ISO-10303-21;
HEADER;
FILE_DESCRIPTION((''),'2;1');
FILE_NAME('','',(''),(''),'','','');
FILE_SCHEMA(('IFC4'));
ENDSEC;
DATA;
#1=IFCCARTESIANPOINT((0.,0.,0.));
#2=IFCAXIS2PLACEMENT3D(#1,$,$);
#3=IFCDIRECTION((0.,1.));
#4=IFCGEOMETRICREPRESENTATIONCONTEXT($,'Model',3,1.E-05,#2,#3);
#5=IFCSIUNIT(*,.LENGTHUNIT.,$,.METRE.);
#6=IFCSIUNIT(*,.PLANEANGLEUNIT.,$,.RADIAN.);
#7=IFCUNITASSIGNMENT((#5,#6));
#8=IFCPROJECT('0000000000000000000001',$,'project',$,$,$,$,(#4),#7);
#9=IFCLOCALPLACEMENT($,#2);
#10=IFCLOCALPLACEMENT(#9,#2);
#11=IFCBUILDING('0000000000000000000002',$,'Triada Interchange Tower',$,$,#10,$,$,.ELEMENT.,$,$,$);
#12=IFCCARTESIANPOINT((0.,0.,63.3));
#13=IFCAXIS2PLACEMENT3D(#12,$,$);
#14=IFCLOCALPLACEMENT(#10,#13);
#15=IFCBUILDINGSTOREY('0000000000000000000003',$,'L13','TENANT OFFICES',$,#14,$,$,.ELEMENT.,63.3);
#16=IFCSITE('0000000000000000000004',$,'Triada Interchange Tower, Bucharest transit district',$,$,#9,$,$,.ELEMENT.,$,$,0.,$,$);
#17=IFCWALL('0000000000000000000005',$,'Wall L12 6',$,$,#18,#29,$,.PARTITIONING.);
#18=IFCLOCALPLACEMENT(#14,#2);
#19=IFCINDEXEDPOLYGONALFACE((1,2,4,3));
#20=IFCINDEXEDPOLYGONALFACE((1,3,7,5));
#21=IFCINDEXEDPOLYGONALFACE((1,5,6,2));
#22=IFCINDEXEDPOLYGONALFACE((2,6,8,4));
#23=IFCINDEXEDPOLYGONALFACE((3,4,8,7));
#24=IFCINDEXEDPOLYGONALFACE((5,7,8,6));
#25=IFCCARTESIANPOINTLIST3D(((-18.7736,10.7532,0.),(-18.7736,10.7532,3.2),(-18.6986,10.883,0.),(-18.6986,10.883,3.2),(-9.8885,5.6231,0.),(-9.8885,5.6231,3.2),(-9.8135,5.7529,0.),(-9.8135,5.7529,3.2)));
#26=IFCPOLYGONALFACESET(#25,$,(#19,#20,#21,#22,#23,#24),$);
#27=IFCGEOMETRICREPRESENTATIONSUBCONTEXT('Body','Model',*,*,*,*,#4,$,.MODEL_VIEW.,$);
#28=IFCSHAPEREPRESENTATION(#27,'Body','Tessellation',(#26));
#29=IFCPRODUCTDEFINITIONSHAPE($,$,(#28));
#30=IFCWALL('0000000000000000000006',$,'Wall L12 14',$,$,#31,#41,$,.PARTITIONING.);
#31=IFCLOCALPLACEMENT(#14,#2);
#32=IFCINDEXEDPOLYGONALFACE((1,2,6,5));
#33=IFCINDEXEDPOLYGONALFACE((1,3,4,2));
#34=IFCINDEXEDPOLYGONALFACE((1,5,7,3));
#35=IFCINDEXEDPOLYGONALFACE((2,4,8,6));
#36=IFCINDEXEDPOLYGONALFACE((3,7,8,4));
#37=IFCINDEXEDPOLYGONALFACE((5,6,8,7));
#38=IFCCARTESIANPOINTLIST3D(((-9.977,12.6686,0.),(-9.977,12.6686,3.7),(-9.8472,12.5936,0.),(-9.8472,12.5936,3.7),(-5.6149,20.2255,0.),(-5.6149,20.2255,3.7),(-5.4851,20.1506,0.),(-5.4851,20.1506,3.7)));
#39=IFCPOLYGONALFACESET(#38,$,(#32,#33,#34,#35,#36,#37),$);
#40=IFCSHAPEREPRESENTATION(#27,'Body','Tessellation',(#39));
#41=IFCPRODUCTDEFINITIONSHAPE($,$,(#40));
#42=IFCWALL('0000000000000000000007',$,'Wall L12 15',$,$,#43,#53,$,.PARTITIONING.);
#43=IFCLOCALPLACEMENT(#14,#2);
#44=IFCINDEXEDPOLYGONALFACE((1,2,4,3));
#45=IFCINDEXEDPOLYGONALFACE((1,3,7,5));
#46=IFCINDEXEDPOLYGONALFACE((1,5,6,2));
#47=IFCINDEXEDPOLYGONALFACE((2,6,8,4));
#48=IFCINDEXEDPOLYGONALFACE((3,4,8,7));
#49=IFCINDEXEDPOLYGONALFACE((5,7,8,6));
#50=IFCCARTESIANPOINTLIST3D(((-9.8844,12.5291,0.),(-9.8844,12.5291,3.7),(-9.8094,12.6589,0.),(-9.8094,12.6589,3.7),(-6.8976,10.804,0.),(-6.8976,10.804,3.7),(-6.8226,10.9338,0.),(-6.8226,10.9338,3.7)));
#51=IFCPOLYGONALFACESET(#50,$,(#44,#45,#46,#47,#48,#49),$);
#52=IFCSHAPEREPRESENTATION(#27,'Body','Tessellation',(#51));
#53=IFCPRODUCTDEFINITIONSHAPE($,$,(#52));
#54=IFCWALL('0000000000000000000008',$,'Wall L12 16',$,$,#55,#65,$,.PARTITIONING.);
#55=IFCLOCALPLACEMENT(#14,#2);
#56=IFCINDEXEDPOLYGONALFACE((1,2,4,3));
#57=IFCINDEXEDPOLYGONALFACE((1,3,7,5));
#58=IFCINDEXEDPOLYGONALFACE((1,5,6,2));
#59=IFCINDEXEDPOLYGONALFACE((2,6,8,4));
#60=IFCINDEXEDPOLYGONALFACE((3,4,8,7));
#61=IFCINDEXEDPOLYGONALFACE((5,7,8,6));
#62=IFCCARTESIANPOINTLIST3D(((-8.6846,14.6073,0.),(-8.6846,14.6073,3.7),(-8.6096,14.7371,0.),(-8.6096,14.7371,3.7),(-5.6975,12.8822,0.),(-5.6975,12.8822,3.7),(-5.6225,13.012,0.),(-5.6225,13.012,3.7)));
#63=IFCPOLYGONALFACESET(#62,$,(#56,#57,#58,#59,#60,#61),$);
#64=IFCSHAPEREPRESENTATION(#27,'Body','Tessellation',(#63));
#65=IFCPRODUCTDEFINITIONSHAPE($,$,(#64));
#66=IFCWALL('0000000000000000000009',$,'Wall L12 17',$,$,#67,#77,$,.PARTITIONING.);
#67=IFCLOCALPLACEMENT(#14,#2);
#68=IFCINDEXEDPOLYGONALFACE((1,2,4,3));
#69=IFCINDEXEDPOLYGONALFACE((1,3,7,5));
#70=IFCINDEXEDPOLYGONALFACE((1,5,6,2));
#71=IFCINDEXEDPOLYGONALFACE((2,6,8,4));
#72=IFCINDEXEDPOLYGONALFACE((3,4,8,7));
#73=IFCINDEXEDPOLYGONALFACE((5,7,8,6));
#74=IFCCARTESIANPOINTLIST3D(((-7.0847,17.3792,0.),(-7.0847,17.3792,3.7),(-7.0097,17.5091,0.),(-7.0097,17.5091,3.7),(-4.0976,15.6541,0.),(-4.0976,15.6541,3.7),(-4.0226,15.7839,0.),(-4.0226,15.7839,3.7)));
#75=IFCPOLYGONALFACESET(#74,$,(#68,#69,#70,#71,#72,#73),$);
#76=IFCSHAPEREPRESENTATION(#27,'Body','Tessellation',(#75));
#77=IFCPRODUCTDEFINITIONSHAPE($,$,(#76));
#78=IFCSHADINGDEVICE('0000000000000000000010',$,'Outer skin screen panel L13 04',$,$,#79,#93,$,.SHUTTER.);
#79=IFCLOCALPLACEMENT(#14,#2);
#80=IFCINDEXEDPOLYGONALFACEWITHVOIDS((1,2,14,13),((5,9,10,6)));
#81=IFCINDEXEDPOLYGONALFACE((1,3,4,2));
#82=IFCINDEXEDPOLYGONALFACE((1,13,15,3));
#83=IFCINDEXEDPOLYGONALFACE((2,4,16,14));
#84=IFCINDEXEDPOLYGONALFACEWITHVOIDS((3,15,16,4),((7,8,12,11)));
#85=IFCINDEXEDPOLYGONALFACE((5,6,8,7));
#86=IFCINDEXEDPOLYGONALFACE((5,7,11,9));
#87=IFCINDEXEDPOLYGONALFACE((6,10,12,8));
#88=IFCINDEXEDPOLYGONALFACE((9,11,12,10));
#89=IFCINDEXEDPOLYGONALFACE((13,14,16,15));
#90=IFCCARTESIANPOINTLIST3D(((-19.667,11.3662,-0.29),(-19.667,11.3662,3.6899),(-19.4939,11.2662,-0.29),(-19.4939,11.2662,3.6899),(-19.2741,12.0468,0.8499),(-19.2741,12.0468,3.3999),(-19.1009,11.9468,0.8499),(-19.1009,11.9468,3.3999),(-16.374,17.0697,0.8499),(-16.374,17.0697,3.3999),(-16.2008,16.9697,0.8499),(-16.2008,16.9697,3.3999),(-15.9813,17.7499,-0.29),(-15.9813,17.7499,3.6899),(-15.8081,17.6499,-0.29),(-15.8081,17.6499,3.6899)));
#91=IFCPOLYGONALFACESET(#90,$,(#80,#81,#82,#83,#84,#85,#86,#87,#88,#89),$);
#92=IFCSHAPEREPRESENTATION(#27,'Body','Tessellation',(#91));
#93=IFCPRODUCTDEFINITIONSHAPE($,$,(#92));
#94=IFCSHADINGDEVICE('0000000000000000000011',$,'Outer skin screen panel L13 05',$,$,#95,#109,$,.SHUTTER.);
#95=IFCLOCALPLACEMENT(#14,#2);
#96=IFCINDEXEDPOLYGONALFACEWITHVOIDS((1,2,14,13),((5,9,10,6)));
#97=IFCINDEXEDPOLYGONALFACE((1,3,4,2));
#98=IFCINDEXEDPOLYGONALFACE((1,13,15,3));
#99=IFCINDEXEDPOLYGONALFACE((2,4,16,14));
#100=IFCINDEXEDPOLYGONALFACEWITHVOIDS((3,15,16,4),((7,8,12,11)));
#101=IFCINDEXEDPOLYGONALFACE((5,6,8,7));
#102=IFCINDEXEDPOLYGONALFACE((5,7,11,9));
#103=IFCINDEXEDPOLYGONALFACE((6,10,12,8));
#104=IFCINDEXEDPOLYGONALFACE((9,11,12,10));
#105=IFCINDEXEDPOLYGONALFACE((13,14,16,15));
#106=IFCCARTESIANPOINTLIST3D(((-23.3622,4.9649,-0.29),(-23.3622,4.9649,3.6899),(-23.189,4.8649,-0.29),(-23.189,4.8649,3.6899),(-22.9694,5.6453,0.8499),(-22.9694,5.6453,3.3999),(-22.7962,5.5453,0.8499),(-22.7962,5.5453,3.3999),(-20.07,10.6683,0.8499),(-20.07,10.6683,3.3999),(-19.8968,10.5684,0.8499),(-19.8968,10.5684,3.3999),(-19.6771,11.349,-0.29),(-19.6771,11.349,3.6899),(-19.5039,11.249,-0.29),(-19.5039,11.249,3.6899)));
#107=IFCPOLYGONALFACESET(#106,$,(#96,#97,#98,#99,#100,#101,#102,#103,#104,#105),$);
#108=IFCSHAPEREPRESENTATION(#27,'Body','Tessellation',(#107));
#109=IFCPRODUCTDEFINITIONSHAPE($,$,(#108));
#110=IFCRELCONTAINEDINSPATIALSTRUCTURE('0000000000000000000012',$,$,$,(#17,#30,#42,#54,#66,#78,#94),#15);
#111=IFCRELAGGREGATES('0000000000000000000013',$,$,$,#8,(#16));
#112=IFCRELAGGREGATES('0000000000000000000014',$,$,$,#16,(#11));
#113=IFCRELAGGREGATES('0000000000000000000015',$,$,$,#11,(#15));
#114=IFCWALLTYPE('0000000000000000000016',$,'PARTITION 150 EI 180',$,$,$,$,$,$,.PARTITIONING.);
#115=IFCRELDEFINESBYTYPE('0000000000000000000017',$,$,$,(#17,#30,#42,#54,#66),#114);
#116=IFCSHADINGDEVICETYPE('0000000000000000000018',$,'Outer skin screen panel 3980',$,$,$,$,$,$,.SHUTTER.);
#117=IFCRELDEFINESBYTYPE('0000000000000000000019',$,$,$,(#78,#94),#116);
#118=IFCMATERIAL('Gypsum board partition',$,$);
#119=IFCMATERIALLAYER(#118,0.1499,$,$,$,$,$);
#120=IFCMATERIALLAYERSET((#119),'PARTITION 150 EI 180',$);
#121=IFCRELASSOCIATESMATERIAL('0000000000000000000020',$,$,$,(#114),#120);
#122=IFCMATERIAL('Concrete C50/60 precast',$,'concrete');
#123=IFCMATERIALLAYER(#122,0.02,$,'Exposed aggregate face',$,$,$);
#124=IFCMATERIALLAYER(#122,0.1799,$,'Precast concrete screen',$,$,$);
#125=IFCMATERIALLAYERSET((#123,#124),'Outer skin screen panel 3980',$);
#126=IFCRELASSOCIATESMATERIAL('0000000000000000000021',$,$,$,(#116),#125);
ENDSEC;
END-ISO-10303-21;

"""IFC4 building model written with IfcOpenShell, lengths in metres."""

from ifc_helpers import new_model, si_unit, direction, frame, frame_2d, origin, place, context, subcontext, project, spatial, polyline, rectangle, outline, extrude, material, layer, layer_set, type_object, element, save


model = new_model("IFC4")

# Units and contexts
model_context = context("Model", 3, precision=1e-05, world=origin(), true_north=direction((0.0, 1.0)))
body_context = subcontext(model_context, "Body", "Model", "MODEL_VIEW")
ifc_project = project(units=[si_unit("LENGTHUNIT", "METRE"), si_unit("PLANEANGLEUNIT", "RADIAN")], contexts=[model_context])

# Site, building, storey
site_placement = place(None, origin())
site = spatial("IfcSite", under=ifc_project, at=site_placement, Name="Triada Interchange Tower, Bucharest transit district", CompositionType="ELEMENT", RefElevation=0.0)
building_placement = place(site_placement, origin())
building = spatial("IfcBuilding", under=site, at=building_placement, Name="Triada Interchange Tower", CompositionType="ELEMENT")
storey_placement = place(building_placement, frame((0.0, 0.0, 63.3)))
storey = spatial("IfcBuildingStorey", under=building, at=storey_placement, Name="L13", Description="TENANT OFFICES", CompositionType="ELEMENT", Elevation=63.3)

# Walls
ifc_material_1 = material(Name="Gypsum board partition")
ifc_layer_1 = layer(ifc_material_1, 0.1499)
ifc_layer_set_1 = layer_set([ifc_layer_1], Name="PARTITION 150 EI 180")
wall_type_1 = type_object("IfcWallType", Name="PARTITION 150 EI 180", PredefinedType="PARTITIONING", material=ifc_layer_set_1)
wall_1_placement = place(storey_placement, frame((-18.7361, 10.8181, 0.0), z_axis=(0.0, 0.0, 1.0), x_axis=(0.86601, -0.500027, 0.0)))
element("IfcWall", 1, at=wall_1_placement, inside=storey, type_object=wall_type_1, Name="Wall L12 6", PredefinedType="PARTITIONING", context=body_context, shape_type="SweptSolid", body=[
    extrude(rectangle(XDim=10.2598, YDim=0.1499, at=frame_2d((5.1299, 0.0))), origin(), (0.0, 0.0, 1.0), 3.2),
])
wall_2_placement = place(storey_placement, frame((-9.9121, 12.6311, 0.0), z_axis=(0.0, 0.0, 1.0), x_axis=(0.499922, 0.866071, 0.0)))
element("IfcWall", 2, at=wall_2_placement, inside=storey, type_object=wall_type_1, Name="Wall L12 14", PredefinedType="PARTITIONING", context=body_context, shape_type="SweptSolid", body=[
    extrude(rectangle(XDim=8.7256, YDim=0.1499, at=frame_2d((4.3628, 0.0))), origin(), (0.0, 0.0, 1.0), 3.7),
])
wall_3_placement = place(storey_placement, frame((-9.8469, 12.594, 0.0), z_axis=(0.0, 0.0, 1.0), x_axis=(0.865943, -0.500143, 0.0)))
element("IfcWall", 3, at=wall_3_placement, inside=storey, type_object=wall_type_1, Name="Wall L12 15", PredefinedType="PARTITIONING", context=body_context, shape_type="SweptSolid", body=[
    extrude(rectangle(XDim=3.4492, YDim=0.1499, at=frame_2d((1.7246, 0.0))), origin(), (0.0, 0.0, 1.0), 3.7),
])
for number, where, z_axis, x_axis, name in (
    (4, (-8.647, 14.6721, 0.0), (0.0, 0.0, 1.0), (0.86596, -0.500113, 0.0), "Wall L12 16"),
    (5, (-7.0471, 17.4441, 0.0), (0.0, 0.0, 1.0), (0.86596, -0.500113, 0.0), "Wall L12 17"),
):
    element("IfcWall", number, at=place(storey_placement, frame(where, z_axis=z_axis, x_axis=x_axis)), inside=storey, type_object=wall_type_1, Name=name, PredefinedType="PARTITIONING", context=body_context, shape_type="SweptSolid", body=[
        extrude(rectangle(XDim=3.4495, YDim=0.1499, at=frame_2d((1.7246, 0.0))), origin(), (0.0, 0.0, 1.0), 3.7),
    ])

# Shading devices
ifc_material_2 = material(Name="Concrete C50/60 precast", Category="concrete")
ifc_layer_2 = layer(ifc_material_2, 0.02, Name="Exposed aggregate face")
ifc_layer_3 = layer(ifc_material_2, 0.1799, Name="Precast concrete screen")
ifc_layer_set_2 = layer_set([ifc_layer_2, ifc_layer_3], Name="Outer skin screen panel 3980")
shading_device_type = type_object("IfcShadingDeviceType", Name="Outer skin screen panel 3980", PredefinedType="SHUTTER", material=ifc_layer_set_2)
shading_device_1_placement = place(storey_placement, frame((-15.8081, 17.6499, -0.29), z_axis=(0.0, 0.0, 1.0), x_axis=(-0.500011, -0.866019, 0.0)))
element("IfcShadingDevice", 6, at=shading_device_1_placement, inside=storey, type_object=shading_device_type, Name="Outer skin screen panel L13 04", PredefinedType="SHUTTER", context=body_context, shape_type="SweptSolid", body=[
    extrude(outline(polyline([(0.0, 0.0), (7.3713, 0.0), (7.3713, 3.98), (0.0, 3.98), (0.0, 0.0)]), holes=[polyline([(0.7854, 1.1399), (0.7854, 3.6899), (6.5854, 3.6899), (6.5854, 1.1399), (0.7854, 1.1399)])]), frame((0.0, 0.0, 0.0), z_axis=(0.0, -1.0, 0.0), x_axis=(1.0, 0.0, 0.0)), (0.0, 0.0, 1.0), 0.2),
])
shading_device_2_placement = place(storey_placement, frame((-19.5039, 11.249, -0.29), z_axis=(0.0, 0.0, 1.0), x_axis=(-0.499922, -0.86607, 0.0)))
element("IfcShadingDevice", 7, at=shading_device_2_placement, inside=storey, type_object=shading_device_type, Name="Outer skin screen panel L13 05", PredefinedType="SHUTTER", context=body_context, shape_type="SweptSolid", body=[
    extrude(outline(polyline([(0.0, 0.0), (7.3713, 0.0), (7.3713, 3.98), (0.0, 3.98), (0.0, 0.0)]), holes=[polyline([(0.7859, 1.1399), (0.7859, 3.6899), (6.5857, 3.6899), (6.5857, 1.1399), (0.7859, 1.1399)])]), frame((0.0, 0.0, 0.0), z_axis=(0.0, -1.0, 0.0), x_axis=(1.0, 0.0, 0.0)), (0.0, 0.0, 1.0), 0.2),
])

save(model, "model.ifc")
